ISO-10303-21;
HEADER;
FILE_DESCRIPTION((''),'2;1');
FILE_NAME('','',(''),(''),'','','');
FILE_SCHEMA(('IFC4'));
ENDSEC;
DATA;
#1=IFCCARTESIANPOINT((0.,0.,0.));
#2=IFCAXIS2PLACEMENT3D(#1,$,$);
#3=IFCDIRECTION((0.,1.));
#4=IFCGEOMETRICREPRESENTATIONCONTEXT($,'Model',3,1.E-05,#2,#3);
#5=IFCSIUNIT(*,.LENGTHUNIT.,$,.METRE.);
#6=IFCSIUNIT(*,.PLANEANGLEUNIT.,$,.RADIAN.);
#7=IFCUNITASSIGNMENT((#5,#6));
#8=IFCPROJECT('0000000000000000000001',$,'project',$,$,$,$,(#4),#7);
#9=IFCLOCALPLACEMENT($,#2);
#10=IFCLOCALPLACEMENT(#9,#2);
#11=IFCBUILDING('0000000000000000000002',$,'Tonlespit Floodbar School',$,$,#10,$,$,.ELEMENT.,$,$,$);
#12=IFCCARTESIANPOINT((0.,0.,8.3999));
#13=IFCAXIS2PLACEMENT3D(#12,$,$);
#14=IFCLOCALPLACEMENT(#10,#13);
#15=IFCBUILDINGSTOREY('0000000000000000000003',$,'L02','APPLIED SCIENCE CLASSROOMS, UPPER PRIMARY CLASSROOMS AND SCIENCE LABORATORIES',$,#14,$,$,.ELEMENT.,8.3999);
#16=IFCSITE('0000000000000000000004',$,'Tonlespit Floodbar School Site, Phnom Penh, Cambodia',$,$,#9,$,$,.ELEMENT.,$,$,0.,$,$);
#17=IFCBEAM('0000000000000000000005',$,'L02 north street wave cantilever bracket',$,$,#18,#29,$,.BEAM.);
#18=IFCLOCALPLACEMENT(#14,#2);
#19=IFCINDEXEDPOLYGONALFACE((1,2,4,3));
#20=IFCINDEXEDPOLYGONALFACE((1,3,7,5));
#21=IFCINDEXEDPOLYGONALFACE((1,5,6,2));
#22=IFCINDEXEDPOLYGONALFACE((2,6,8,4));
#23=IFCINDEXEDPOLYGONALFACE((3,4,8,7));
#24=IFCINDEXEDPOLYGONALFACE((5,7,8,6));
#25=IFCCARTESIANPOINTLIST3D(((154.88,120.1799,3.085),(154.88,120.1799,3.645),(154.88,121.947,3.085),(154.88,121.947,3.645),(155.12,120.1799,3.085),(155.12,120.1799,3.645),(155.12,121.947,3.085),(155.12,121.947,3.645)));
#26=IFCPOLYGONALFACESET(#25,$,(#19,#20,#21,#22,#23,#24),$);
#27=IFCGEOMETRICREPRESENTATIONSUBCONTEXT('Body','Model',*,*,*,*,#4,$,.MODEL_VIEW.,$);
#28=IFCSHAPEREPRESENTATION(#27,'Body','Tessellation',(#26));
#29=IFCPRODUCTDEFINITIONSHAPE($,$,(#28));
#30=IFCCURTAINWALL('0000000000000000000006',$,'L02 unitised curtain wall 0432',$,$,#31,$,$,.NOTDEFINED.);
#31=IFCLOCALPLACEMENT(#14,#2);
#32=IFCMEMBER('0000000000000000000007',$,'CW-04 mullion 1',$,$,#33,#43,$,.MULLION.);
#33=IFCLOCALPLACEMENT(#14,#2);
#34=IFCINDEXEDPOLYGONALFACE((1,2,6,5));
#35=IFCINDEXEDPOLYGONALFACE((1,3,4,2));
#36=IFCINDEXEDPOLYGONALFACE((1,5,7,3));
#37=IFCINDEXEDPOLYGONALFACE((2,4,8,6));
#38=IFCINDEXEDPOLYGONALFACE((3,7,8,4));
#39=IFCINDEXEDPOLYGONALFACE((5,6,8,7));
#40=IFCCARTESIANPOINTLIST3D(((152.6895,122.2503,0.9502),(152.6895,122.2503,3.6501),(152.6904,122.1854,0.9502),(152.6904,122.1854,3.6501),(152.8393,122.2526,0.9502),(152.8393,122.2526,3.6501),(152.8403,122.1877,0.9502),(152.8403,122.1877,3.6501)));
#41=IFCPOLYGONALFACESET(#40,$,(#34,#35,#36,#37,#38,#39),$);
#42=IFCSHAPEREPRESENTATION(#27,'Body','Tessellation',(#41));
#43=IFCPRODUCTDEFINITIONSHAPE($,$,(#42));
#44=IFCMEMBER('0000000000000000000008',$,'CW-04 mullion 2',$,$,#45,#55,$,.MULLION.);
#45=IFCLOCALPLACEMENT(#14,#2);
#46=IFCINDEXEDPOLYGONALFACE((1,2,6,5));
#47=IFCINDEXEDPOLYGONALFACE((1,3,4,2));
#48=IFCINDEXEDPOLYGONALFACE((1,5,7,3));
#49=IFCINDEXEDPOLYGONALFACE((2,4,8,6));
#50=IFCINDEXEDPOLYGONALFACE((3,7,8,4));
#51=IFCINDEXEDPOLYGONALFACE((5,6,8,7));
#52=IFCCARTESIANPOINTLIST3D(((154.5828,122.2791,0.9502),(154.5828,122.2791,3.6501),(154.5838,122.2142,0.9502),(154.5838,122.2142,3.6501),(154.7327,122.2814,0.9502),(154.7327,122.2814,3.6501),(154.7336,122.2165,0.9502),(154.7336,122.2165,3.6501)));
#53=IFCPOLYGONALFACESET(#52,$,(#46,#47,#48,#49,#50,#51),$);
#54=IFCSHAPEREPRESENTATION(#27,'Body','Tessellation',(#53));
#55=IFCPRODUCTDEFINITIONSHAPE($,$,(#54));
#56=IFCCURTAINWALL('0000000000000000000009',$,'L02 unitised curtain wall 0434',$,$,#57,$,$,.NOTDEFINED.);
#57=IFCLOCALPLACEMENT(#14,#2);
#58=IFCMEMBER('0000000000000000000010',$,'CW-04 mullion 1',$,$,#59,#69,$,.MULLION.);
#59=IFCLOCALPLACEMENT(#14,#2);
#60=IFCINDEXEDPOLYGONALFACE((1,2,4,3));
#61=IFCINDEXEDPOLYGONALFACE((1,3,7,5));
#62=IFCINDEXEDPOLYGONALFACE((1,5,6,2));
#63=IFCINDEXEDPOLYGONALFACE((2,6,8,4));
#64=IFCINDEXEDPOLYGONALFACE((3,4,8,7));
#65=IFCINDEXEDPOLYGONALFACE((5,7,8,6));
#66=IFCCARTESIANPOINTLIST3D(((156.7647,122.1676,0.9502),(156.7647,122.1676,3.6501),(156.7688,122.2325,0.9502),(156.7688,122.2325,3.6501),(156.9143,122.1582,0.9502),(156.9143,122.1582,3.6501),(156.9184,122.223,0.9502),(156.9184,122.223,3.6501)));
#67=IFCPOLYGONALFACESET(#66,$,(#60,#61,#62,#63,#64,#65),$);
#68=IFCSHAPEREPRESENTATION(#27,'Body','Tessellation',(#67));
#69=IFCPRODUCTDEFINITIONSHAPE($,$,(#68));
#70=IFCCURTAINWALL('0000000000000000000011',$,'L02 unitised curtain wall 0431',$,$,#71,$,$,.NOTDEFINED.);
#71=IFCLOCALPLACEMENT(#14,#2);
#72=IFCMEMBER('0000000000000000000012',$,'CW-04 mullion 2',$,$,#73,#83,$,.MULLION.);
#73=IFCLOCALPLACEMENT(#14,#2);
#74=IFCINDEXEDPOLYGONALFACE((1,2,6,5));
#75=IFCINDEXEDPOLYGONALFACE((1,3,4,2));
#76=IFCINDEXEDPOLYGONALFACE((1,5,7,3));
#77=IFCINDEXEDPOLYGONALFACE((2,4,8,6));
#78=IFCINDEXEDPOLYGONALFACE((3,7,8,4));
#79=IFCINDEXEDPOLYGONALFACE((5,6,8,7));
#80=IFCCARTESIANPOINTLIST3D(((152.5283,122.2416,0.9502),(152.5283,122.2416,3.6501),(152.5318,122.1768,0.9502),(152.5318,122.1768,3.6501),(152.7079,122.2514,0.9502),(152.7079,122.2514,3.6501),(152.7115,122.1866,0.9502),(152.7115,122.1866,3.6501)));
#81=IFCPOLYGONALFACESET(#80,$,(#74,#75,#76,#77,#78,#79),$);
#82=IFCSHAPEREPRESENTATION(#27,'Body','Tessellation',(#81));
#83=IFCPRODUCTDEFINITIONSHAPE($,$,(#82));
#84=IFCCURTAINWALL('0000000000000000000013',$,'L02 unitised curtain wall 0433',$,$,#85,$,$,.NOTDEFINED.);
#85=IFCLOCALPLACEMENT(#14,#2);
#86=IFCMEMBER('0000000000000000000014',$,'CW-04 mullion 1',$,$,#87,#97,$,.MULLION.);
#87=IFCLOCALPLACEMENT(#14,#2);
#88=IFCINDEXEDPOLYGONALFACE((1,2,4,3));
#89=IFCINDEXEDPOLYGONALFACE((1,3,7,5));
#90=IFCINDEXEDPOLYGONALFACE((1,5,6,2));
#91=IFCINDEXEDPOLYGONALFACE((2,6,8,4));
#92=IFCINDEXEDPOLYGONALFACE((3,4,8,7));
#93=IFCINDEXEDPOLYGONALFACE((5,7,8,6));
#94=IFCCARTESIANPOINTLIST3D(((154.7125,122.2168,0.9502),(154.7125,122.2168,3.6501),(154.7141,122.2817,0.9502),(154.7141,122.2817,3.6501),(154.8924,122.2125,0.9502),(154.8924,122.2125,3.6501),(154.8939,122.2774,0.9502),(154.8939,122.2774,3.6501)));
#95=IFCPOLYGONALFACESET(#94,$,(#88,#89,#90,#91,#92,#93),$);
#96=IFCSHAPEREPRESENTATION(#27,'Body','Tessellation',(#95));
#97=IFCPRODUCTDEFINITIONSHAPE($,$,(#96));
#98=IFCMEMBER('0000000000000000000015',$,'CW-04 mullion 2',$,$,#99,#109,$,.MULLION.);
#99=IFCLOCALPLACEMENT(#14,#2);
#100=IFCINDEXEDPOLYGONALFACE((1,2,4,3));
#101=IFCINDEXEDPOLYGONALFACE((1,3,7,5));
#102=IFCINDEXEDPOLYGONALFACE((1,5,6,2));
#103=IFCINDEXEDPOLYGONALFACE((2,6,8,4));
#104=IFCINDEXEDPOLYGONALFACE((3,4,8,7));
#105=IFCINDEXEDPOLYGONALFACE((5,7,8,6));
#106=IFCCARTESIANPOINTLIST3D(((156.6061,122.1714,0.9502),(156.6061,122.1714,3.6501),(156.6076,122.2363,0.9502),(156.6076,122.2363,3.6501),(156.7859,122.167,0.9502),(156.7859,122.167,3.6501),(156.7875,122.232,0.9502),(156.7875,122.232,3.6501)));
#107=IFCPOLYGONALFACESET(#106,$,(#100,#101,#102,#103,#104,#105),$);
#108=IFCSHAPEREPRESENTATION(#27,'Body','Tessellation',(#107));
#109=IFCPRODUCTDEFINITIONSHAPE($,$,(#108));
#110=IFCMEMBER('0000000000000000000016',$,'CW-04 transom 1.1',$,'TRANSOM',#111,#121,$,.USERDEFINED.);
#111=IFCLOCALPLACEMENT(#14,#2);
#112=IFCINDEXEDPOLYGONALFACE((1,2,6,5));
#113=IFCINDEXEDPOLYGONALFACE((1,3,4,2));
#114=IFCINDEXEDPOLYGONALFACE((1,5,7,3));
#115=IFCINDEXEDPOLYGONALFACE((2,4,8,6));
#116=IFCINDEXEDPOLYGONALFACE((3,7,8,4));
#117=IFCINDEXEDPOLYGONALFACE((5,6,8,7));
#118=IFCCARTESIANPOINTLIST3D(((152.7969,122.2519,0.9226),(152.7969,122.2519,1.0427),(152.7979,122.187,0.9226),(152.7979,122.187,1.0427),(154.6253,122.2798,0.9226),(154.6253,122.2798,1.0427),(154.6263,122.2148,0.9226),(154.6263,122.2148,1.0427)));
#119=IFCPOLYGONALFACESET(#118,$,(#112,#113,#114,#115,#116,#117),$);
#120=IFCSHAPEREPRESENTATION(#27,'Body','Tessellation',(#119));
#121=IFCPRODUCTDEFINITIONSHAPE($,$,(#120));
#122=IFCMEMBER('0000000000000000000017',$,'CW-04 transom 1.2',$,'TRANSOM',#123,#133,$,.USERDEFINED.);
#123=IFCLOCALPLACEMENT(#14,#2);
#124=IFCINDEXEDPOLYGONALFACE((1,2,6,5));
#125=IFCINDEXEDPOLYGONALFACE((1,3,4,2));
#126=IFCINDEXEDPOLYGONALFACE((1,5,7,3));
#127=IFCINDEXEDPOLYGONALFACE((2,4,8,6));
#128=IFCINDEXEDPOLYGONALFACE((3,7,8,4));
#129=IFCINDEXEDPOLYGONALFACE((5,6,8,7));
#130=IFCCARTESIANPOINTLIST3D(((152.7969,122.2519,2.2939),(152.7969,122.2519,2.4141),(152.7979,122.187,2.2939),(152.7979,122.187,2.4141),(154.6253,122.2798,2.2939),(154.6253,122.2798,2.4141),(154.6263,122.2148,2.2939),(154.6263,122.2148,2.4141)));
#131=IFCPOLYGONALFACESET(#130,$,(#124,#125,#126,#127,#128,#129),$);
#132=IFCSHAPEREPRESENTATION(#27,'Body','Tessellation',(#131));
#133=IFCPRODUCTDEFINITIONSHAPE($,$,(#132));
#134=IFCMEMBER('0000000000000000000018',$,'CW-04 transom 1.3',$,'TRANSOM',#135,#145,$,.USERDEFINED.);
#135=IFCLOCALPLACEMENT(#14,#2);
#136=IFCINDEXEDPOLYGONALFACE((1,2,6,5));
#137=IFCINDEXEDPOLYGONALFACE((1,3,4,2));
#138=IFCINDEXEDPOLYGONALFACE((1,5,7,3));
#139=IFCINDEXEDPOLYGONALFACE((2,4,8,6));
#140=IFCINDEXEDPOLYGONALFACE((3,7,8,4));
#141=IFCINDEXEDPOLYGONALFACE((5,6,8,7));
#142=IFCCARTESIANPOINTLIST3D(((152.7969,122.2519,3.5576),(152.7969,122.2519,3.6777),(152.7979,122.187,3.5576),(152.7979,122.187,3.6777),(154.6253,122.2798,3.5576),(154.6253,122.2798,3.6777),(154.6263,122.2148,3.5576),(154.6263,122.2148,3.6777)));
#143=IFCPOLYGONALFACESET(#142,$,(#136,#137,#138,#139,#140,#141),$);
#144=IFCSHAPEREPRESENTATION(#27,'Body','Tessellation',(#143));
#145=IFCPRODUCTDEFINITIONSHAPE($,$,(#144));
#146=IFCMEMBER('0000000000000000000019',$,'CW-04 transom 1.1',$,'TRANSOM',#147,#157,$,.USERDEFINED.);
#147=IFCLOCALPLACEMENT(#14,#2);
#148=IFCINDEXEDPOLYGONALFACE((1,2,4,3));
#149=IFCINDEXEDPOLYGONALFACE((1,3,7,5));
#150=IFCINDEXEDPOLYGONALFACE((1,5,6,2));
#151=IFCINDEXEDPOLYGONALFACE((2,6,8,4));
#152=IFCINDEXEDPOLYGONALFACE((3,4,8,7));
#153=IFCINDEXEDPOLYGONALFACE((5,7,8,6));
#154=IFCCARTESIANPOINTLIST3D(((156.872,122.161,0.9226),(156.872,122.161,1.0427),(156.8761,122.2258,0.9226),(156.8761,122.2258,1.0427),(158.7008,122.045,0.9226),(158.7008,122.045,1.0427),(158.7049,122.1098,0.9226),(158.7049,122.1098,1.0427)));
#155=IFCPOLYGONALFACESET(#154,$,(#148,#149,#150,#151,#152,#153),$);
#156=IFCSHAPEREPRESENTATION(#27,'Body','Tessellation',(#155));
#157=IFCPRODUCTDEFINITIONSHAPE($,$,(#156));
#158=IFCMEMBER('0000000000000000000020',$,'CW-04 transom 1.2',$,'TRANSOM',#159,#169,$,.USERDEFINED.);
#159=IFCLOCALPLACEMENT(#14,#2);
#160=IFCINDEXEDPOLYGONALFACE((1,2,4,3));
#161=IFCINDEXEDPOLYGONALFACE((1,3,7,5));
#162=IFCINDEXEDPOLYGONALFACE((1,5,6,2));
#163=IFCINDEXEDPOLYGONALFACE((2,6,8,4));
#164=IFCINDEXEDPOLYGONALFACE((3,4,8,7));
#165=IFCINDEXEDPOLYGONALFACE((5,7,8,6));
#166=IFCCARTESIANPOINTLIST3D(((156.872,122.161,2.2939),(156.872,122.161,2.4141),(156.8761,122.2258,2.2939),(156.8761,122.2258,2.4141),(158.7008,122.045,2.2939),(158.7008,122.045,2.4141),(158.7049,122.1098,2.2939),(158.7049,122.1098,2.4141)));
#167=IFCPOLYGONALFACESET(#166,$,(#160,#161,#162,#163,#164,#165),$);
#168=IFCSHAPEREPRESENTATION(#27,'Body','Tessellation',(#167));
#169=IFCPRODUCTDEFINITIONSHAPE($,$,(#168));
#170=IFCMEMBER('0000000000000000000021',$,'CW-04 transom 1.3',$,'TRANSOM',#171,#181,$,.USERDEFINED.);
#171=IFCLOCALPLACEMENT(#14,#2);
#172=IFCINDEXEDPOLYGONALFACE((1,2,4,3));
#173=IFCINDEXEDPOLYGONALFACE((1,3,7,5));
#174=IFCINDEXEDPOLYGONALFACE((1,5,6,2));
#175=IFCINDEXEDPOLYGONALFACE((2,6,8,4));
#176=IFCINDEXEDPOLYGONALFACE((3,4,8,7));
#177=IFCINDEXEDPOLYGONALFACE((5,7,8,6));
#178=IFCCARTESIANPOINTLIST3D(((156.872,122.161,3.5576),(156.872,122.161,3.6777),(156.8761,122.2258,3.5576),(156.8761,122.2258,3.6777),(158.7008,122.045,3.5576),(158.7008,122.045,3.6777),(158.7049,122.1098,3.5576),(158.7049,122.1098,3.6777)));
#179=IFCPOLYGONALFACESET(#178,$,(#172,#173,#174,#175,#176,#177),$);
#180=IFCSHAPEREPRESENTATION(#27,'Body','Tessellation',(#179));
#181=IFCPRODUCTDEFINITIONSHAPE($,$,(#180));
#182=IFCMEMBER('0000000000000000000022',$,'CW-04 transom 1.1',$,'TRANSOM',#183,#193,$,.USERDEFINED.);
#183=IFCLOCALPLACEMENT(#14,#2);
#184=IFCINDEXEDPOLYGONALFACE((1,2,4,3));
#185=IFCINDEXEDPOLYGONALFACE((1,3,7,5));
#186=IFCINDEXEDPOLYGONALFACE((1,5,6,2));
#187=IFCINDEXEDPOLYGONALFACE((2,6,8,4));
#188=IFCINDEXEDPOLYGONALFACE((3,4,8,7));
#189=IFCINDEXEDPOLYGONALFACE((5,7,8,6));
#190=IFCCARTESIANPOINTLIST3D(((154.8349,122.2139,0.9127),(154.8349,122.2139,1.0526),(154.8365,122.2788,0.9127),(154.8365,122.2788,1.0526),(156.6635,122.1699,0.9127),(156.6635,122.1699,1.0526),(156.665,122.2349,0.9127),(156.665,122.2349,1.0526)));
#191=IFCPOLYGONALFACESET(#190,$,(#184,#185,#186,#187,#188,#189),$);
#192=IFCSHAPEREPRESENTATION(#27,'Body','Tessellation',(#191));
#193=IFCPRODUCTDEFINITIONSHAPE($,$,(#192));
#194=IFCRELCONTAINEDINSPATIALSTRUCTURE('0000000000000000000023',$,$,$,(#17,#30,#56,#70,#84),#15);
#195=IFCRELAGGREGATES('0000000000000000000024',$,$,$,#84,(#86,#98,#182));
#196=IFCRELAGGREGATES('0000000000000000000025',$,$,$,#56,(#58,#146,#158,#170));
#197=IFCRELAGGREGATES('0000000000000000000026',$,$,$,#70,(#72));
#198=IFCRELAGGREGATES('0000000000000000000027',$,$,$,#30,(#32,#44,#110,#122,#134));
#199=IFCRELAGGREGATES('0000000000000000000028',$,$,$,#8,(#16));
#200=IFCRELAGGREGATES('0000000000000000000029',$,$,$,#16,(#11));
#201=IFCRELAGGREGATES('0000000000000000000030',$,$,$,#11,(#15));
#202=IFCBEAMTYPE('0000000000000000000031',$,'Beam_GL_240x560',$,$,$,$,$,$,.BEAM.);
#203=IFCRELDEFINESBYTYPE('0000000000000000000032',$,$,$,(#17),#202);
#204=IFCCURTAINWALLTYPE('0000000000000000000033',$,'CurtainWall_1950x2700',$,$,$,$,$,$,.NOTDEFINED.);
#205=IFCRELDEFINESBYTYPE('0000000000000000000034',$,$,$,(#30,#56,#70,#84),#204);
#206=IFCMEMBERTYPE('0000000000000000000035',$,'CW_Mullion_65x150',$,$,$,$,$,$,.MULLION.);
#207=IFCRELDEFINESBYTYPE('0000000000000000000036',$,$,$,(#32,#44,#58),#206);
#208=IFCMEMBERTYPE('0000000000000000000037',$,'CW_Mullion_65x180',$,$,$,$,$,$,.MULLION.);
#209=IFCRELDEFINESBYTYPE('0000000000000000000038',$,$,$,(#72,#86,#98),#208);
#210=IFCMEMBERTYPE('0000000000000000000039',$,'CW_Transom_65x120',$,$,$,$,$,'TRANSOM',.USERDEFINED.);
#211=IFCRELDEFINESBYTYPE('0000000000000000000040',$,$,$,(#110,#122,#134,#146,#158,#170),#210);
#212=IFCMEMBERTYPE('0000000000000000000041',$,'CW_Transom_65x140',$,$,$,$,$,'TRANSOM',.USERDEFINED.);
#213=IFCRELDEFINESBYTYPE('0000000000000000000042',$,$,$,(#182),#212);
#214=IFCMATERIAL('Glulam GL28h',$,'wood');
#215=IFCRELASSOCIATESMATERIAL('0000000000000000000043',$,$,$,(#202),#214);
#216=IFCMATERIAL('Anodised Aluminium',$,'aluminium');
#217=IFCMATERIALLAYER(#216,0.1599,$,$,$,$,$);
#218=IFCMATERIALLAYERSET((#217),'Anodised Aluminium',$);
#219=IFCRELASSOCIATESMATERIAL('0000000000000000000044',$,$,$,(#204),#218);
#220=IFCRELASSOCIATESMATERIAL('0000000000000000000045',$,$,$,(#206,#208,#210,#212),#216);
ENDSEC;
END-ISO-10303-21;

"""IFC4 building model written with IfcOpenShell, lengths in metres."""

from ifc_helpers import new_model, si_unit, direction, frame, origin, origin_2d, place, context, subcontext, project, spatial, rectangle, extrude, material, layer, layer_set, material_profile, profile_set, type_object, element, aggregate, save


model = new_model("IFC4")

# Units and contexts
model_context = context("Model", 3, precision=1e-05, world=origin(), true_north=direction((0.0, 1.0)))
body_context = subcontext(model_context, "Body", "Model", "MODEL_VIEW")
ifc_project = project(units=[si_unit("LENGTHUNIT", "METRE"), si_unit("PLANEANGLEUNIT", "RADIAN")], contexts=[model_context])

# Site, building, storey
site_placement = place(None, origin())
site = spatial("IfcSite", under=ifc_project, at=site_placement, Name="Tonlespit Floodbar School Site, Phnom Penh, Cambodia", CompositionType="ELEMENT", RefElevation=0.0)
building_placement = place(site_placement, origin())
building = spatial("IfcBuilding", under=site, at=building_placement, Name="Tonlespit Floodbar School", CompositionType="ELEMENT")
storey_placement = place(building_placement, frame((0.0, 0.0, 8.3999)))
storey = spatial("IfcBuildingStorey", under=building, at=storey_placement, Name="L02", Description="APPLIED SCIENCE CLASSROOMS, UPPER PRIMARY CLASSROOMS AND SCIENCE LABORATORIES", CompositionType="ELEMENT", Elevation=8.3999)

# Beam
ifc_material_1 = material(Name="Glulam GL28h", Category="wood")
ifc_material_profile_1 = material_profile(ifc_material_1, rectangle(XDim=0.24, YDim=0.5601, at=origin_2d()), Name="GL 240x560")
ifc_profile_set_1 = profile_set([ifc_material_profile_1], Name="Glulam GL28h")
beam_type_1 = type_object("IfcBeamType", Name="Beam_GL_240x560", PredefinedType="BEAM", material=ifc_profile_set_1)
beam_1_placement = place(storey_placement, frame((155.0, 120.1799, 3.365), z_axis=(0.0, 1.0, 0.0), x_axis=(-1.0, 0.0, 0.0)))
element("IfcBeam", 1, at=beam_1_placement, inside=storey, type_object=beam_type_1, Name="L02 north street wave cantilever bracket", PredefinedType="BEAM", context=body_context, shape_type="SweptSolid", body=[
    extrude(rectangle(XDim=0.24, YDim=0.5601, at=origin_2d()), origin(), (0.0, 0.0, 1.0), 1.7671),
])

# Curtain wall, members
ifc_material_2 = material(Name="Anodised Aluminium", Category="aluminium")
ifc_layer_1 = layer(ifc_material_2, 0.1599)
ifc_layer_set_1 = layer_set([ifc_layer_1], Name="Anodised Aluminium")
curtain_wall_type = type_object("IfcCurtainWallType", Name="CurtainWall_1950x2700", PredefinedType="NOTDEFINED", material=ifc_layer_set_1)
curtain_wall_1_placement = place(storey_placement, origin())
curtain_wall_1 = element("IfcCurtainWall", 2, at=curtain_wall_1_placement, inside=storey, type_object=curtain_wall_type, Name="L02 unitised curtain wall 0432", PredefinedType="NOTDEFINED")
ifc_material_profile_2 = material_profile(ifc_material_2, rectangle(XDim=0.0649, YDim=0.1499, at=origin_2d()), Name="ALU M65x150")
ifc_profile_set_2 = profile_set([ifc_material_profile_2], Name="Anodised Aluminium")
member_type_1 = type_object("IfcMemberType", Name="CW_Mullion_65x150", PredefinedType="MULLION", material=ifc_profile_set_2)
member_1_placement = place(storey_placement, frame((152.7649, 122.219, 0.9502), z_axis=(0.0, 0.0, 1.0), x_axis=(-0.015163, 0.999885, 0.0)))
member_1 = element("IfcMember", 3, at=member_1_placement, type_object=member_type_1, Name="CW-04 mullion 1", PredefinedType="MULLION", context=body_context, shape_type="SweptSolid", body=[
    extrude(rectangle(XDim=0.0649, YDim=0.1499, at=origin_2d()), origin(), (0.0, 0.0, 1.0), 2.7),
])
member_2_placement = place(storey_placement, frame((154.6582, 122.2478, 0.9502), z_axis=(0.0, 0.0, 1.0), x_axis=(-0.015163, 0.999885, 0.0)))
member_2 = element("IfcMember", 4, at=member_2_placement, type_object=member_type_1, Name="CW-04 mullion 2", PredefinedType="MULLION", context=body_context, shape_type="SweptSolid", body=[
    extrude(rectangle(XDim=0.0649, YDim=0.1499, at=origin_2d()), origin(), (0.0, 0.0, 1.0), 2.7),
])

# Curtain walls, members
curtain_wall_2_placement = place(storey_placement, origin())
curtain_wall_2 = element("IfcCurtainWall", 5, at=curtain_wall_2_placement, inside=storey, type_object=curtain_wall_type, Name="L02 unitised curtain wall 0434", PredefinedType="NOTDEFINED")
member_3_placement = place(storey_placement, frame((156.8416, 122.1953, 0.9502), z_axis=(0.0, 0.0, 1.0), x_axis=(0.063282, 0.997996, 0.0)))
member_3 = element("IfcMember", 6, at=member_3_placement, type_object=member_type_1, Name="CW-04 mullion 1", PredefinedType="MULLION", context=body_context, shape_type="SweptSolid", body=[
    extrude(rectangle(XDim=0.0649, YDim=0.1499, at=origin_2d()), origin(), (0.0, 0.0, 1.0), 2.7),
])
curtain_wall_3_placement = place(storey_placement, origin())
curtain_wall_3 = element("IfcCurtainWall", 7, at=curtain_wall_3_placement, inside=storey, type_object=curtain_wall_type, Name="L02 unitised curtain wall 0431", PredefinedType="NOTDEFINED")
ifc_material_profile_3 = material_profile(ifc_material_2, rectangle(XDim=0.0649, YDim=0.1799, at=origin_2d()), Name="ALU M65x180")
ifc_profile_set_3 = profile_set([ifc_material_profile_3], Name="Anodised Aluminium")
member_type_2 = type_object("IfcMemberType", Name="CW_Mullion_65x180", PredefinedType="MULLION", material=ifc_profile_set_3)
member_4_placement = place(storey_placement, frame((152.6199, 122.2141, 0.9502), z_axis=(0.0, 0.0, 1.0), x_axis=(-0.054343, 0.998522, 0.0)))
member_4 = element("IfcMember", 8, at=member_4_placement, type_object=member_type_2, Name="CW-04 mullion 2", PredefinedType="MULLION", context=body_context, shape_type="SweptSolid", body=[
    extrude(rectangle(XDim=0.0649, YDim=0.1799, at=origin_2d()), origin(), (0.0, 0.0, 1.0), 2.7),
])

# Curtain wall, members
curtain_wall_4_placement = place(storey_placement, origin())
curtain_wall_4 = element("IfcCurtainWall", 9, at=curtain_wall_4_placement, inside=storey, type_object=curtain_wall_type, Name="L02 unitised curtain wall 0433", PredefinedType="NOTDEFINED")
member_5_placement = place(storey_placement, frame((154.8032, 122.2471, 0.9502), z_axis=(0.0, 0.0, 1.0), x_axis=(0.023992, 0.999712, 0.0)))
member_5 = element("IfcMember", 10, at=member_5_placement, type_object=member_type_2, Name="CW-04 mullion 1", PredefinedType="MULLION", context=body_context, shape_type="SweptSolid", body=[
    extrude(rectangle(XDim=0.0649, YDim=0.1799, at=origin_2d()), origin(), (0.0, 0.0, 1.0), 2.7),
])
member_6_placement = place(storey_placement, frame((156.6968, 122.2017, 0.9502), z_axis=(0.0, 0.0, 1.0), x_axis=(0.023992, 0.999712, 0.0)))
member_6 = element("IfcMember", 11, at=member_6_placement, type_object=member_type_2, Name="CW-04 mullion 2", PredefinedType="MULLION", context=body_context, shape_type="SweptSolid", body=[
    extrude(rectangle(XDim=0.0649, YDim=0.1799, at=origin_2d()), origin(), (0.0, 0.0, 1.0), 2.7),
])

# Members
ifc_material_profile_4 = material_profile(ifc_material_2, rectangle(XDim=0.0649, YDim=0.1201, at=origin_2d()), Name="ALU T65x120")
ifc_profile_set_4 = profile_set([ifc_material_profile_4], Name="Anodised Aluminium")
member_type_3 = type_object("IfcMemberType", Name="CW_Transom_65x120", ElementType="TRANSOM", PredefinedType="USERDEFINED", material=ifc_profile_set_4)
member_7_placement = place(storey_placement, frame((152.7974, 122.2195, 0.9827), z_axis=(0.999884, 0.015221, 0.0), x_axis=(-0.015221, 0.999884, 0.0)))
member_7 = element("IfcMember", 12, at=member_7_placement, type_object=member_type_3, Name="CW-04 transom 1.1", ObjectType="TRANSOM", PredefinedType="USERDEFINED", context=body_context, shape_type="SweptSolid", body=[
    extrude(rectangle(XDim=0.0649, YDim=0.1201, at=origin_2d()), origin(), (0.0, 0.0, 1.0), 1.8286),
])
member_8_placement = place(storey_placement, frame((152.7974, 122.2195, 2.354), z_axis=(0.999884, 0.015221, 0.0), x_axis=(-0.015221, 0.999884, 0.0)))
member_8 = element("IfcMember", 13, at=member_8_placement, type_object=member_type_3, Name="CW-04 transom 1.2", ObjectType="TRANSOM", PredefinedType="USERDEFINED", context=body_context, shape_type="SweptSolid", body=[
    extrude(rectangle(XDim=0.0649, YDim=0.1201, at=origin_2d()), origin(), (0.0, 0.0, 1.0), 1.8286),
])
member_9_placement = place(storey_placement, frame((152.7974, 122.2195, 3.6177), z_axis=(0.999884, 0.015221, 0.0), x_axis=(-0.015221, 0.999884, 0.0)))
member_9 = element("IfcMember", 14, at=member_9_placement, type_object=member_type_3, Name="CW-04 transom 1.3", ObjectType="TRANSOM", PredefinedType="USERDEFINED", context=body_context, shape_type="SweptSolid", body=[
    extrude(rectangle(XDim=0.0649, YDim=0.1201, at=origin_2d()), origin(), (0.0, 0.0, 1.0), 1.8286),
])
member_10_placement = place(storey_placement, frame((156.874, 122.1934, 0.9827), z_axis=(0.997996, -0.063282, 0.0), x_axis=(0.063282, 0.997996, 0.0)))
member_10 = element("IfcMember", 15, at=member_10_placement, type_object=member_type_3, Name="CW-04 transom 1.1", ObjectType="TRANSOM", PredefinedType="USERDEFINED", context=body_context, shape_type="SweptSolid", body=[
    extrude(rectangle(XDim=0.0649, YDim=0.1201, at=origin_2d()), origin(), (0.0, 0.0, 1.0), 1.8325),
])
member_11_placement = place(storey_placement, frame((156.874, 122.1934, 2.354), z_axis=(0.997996, -0.063282, 0.0), x_axis=(0.063282, 0.997996, 0.0)))
member_11 = element("IfcMember", 16, at=member_11_placement, type_object=member_type_3, Name="CW-04 transom 1.2", ObjectType="TRANSOM", PredefinedType="USERDEFINED", context=body_context, shape_type="SweptSolid", body=[
    extrude(rectangle(XDim=0.0649, YDim=0.1201, at=origin_2d()), origin(), (0.0, 0.0, 1.0), 1.8325),
])
member_12_placement = place(storey_placement, frame((156.874, 122.1934, 3.6177), z_axis=(0.997996, -0.063282, 0.0), x_axis=(0.063282, 0.997996, 0.0)))
member_12 = element("IfcMember", 17, at=member_12_placement, type_object=member_type_3, Name="CW-04 transom 1.3", ObjectType="TRANSOM", PredefinedType="USERDEFINED", context=body_context, shape_type="SweptSolid", body=[
    extrude(rectangle(XDim=0.0649, YDim=0.1201, at=origin_2d()), origin(), (0.0, 0.0, 1.0), 1.8325),
])
ifc_material_profile_5 = material_profile(ifc_material_2, rectangle(XDim=0.0649, YDim=0.1399, at=origin_2d()), Name="ALU T65x140")
ifc_profile_set_5 = profile_set([ifc_material_profile_5], Name="Anodised Aluminium")
member_type_4 = type_object("IfcMemberType", Name="CW_Transom_65x140", ElementType="TRANSOM", PredefinedType="USERDEFINED", material=ifc_profile_set_5)
member_13_placement = place(storey_placement, frame((154.8357, 122.2463, 0.9827), z_axis=(0.999711, -0.024025, 0.0), x_axis=(0.024025, 0.999711, 0.0)))
member_13 = element("IfcMember", 18, at=member_13_placement, type_object=member_type_4, Name="CW-04 transom 1.1", ObjectType="TRANSOM", PredefinedType="USERDEFINED", context=body_context, shape_type="SweptSolid", body=[
    extrude(rectangle(XDim=0.0649, YDim=0.1399, at=origin_2d()), origin(), (0.0, 0.0, 1.0), 1.8291),
])

aggregate(curtain_wall_4, [member_5, member_6, member_13])
aggregate(curtain_wall_2, [member_3, member_10, member_11, member_12])
aggregate(curtain_wall_3, [member_4])
aggregate(curtain_wall_1, [member_1, member_2, member_7, member_8, member_9])

save(model, "model.ifc")
